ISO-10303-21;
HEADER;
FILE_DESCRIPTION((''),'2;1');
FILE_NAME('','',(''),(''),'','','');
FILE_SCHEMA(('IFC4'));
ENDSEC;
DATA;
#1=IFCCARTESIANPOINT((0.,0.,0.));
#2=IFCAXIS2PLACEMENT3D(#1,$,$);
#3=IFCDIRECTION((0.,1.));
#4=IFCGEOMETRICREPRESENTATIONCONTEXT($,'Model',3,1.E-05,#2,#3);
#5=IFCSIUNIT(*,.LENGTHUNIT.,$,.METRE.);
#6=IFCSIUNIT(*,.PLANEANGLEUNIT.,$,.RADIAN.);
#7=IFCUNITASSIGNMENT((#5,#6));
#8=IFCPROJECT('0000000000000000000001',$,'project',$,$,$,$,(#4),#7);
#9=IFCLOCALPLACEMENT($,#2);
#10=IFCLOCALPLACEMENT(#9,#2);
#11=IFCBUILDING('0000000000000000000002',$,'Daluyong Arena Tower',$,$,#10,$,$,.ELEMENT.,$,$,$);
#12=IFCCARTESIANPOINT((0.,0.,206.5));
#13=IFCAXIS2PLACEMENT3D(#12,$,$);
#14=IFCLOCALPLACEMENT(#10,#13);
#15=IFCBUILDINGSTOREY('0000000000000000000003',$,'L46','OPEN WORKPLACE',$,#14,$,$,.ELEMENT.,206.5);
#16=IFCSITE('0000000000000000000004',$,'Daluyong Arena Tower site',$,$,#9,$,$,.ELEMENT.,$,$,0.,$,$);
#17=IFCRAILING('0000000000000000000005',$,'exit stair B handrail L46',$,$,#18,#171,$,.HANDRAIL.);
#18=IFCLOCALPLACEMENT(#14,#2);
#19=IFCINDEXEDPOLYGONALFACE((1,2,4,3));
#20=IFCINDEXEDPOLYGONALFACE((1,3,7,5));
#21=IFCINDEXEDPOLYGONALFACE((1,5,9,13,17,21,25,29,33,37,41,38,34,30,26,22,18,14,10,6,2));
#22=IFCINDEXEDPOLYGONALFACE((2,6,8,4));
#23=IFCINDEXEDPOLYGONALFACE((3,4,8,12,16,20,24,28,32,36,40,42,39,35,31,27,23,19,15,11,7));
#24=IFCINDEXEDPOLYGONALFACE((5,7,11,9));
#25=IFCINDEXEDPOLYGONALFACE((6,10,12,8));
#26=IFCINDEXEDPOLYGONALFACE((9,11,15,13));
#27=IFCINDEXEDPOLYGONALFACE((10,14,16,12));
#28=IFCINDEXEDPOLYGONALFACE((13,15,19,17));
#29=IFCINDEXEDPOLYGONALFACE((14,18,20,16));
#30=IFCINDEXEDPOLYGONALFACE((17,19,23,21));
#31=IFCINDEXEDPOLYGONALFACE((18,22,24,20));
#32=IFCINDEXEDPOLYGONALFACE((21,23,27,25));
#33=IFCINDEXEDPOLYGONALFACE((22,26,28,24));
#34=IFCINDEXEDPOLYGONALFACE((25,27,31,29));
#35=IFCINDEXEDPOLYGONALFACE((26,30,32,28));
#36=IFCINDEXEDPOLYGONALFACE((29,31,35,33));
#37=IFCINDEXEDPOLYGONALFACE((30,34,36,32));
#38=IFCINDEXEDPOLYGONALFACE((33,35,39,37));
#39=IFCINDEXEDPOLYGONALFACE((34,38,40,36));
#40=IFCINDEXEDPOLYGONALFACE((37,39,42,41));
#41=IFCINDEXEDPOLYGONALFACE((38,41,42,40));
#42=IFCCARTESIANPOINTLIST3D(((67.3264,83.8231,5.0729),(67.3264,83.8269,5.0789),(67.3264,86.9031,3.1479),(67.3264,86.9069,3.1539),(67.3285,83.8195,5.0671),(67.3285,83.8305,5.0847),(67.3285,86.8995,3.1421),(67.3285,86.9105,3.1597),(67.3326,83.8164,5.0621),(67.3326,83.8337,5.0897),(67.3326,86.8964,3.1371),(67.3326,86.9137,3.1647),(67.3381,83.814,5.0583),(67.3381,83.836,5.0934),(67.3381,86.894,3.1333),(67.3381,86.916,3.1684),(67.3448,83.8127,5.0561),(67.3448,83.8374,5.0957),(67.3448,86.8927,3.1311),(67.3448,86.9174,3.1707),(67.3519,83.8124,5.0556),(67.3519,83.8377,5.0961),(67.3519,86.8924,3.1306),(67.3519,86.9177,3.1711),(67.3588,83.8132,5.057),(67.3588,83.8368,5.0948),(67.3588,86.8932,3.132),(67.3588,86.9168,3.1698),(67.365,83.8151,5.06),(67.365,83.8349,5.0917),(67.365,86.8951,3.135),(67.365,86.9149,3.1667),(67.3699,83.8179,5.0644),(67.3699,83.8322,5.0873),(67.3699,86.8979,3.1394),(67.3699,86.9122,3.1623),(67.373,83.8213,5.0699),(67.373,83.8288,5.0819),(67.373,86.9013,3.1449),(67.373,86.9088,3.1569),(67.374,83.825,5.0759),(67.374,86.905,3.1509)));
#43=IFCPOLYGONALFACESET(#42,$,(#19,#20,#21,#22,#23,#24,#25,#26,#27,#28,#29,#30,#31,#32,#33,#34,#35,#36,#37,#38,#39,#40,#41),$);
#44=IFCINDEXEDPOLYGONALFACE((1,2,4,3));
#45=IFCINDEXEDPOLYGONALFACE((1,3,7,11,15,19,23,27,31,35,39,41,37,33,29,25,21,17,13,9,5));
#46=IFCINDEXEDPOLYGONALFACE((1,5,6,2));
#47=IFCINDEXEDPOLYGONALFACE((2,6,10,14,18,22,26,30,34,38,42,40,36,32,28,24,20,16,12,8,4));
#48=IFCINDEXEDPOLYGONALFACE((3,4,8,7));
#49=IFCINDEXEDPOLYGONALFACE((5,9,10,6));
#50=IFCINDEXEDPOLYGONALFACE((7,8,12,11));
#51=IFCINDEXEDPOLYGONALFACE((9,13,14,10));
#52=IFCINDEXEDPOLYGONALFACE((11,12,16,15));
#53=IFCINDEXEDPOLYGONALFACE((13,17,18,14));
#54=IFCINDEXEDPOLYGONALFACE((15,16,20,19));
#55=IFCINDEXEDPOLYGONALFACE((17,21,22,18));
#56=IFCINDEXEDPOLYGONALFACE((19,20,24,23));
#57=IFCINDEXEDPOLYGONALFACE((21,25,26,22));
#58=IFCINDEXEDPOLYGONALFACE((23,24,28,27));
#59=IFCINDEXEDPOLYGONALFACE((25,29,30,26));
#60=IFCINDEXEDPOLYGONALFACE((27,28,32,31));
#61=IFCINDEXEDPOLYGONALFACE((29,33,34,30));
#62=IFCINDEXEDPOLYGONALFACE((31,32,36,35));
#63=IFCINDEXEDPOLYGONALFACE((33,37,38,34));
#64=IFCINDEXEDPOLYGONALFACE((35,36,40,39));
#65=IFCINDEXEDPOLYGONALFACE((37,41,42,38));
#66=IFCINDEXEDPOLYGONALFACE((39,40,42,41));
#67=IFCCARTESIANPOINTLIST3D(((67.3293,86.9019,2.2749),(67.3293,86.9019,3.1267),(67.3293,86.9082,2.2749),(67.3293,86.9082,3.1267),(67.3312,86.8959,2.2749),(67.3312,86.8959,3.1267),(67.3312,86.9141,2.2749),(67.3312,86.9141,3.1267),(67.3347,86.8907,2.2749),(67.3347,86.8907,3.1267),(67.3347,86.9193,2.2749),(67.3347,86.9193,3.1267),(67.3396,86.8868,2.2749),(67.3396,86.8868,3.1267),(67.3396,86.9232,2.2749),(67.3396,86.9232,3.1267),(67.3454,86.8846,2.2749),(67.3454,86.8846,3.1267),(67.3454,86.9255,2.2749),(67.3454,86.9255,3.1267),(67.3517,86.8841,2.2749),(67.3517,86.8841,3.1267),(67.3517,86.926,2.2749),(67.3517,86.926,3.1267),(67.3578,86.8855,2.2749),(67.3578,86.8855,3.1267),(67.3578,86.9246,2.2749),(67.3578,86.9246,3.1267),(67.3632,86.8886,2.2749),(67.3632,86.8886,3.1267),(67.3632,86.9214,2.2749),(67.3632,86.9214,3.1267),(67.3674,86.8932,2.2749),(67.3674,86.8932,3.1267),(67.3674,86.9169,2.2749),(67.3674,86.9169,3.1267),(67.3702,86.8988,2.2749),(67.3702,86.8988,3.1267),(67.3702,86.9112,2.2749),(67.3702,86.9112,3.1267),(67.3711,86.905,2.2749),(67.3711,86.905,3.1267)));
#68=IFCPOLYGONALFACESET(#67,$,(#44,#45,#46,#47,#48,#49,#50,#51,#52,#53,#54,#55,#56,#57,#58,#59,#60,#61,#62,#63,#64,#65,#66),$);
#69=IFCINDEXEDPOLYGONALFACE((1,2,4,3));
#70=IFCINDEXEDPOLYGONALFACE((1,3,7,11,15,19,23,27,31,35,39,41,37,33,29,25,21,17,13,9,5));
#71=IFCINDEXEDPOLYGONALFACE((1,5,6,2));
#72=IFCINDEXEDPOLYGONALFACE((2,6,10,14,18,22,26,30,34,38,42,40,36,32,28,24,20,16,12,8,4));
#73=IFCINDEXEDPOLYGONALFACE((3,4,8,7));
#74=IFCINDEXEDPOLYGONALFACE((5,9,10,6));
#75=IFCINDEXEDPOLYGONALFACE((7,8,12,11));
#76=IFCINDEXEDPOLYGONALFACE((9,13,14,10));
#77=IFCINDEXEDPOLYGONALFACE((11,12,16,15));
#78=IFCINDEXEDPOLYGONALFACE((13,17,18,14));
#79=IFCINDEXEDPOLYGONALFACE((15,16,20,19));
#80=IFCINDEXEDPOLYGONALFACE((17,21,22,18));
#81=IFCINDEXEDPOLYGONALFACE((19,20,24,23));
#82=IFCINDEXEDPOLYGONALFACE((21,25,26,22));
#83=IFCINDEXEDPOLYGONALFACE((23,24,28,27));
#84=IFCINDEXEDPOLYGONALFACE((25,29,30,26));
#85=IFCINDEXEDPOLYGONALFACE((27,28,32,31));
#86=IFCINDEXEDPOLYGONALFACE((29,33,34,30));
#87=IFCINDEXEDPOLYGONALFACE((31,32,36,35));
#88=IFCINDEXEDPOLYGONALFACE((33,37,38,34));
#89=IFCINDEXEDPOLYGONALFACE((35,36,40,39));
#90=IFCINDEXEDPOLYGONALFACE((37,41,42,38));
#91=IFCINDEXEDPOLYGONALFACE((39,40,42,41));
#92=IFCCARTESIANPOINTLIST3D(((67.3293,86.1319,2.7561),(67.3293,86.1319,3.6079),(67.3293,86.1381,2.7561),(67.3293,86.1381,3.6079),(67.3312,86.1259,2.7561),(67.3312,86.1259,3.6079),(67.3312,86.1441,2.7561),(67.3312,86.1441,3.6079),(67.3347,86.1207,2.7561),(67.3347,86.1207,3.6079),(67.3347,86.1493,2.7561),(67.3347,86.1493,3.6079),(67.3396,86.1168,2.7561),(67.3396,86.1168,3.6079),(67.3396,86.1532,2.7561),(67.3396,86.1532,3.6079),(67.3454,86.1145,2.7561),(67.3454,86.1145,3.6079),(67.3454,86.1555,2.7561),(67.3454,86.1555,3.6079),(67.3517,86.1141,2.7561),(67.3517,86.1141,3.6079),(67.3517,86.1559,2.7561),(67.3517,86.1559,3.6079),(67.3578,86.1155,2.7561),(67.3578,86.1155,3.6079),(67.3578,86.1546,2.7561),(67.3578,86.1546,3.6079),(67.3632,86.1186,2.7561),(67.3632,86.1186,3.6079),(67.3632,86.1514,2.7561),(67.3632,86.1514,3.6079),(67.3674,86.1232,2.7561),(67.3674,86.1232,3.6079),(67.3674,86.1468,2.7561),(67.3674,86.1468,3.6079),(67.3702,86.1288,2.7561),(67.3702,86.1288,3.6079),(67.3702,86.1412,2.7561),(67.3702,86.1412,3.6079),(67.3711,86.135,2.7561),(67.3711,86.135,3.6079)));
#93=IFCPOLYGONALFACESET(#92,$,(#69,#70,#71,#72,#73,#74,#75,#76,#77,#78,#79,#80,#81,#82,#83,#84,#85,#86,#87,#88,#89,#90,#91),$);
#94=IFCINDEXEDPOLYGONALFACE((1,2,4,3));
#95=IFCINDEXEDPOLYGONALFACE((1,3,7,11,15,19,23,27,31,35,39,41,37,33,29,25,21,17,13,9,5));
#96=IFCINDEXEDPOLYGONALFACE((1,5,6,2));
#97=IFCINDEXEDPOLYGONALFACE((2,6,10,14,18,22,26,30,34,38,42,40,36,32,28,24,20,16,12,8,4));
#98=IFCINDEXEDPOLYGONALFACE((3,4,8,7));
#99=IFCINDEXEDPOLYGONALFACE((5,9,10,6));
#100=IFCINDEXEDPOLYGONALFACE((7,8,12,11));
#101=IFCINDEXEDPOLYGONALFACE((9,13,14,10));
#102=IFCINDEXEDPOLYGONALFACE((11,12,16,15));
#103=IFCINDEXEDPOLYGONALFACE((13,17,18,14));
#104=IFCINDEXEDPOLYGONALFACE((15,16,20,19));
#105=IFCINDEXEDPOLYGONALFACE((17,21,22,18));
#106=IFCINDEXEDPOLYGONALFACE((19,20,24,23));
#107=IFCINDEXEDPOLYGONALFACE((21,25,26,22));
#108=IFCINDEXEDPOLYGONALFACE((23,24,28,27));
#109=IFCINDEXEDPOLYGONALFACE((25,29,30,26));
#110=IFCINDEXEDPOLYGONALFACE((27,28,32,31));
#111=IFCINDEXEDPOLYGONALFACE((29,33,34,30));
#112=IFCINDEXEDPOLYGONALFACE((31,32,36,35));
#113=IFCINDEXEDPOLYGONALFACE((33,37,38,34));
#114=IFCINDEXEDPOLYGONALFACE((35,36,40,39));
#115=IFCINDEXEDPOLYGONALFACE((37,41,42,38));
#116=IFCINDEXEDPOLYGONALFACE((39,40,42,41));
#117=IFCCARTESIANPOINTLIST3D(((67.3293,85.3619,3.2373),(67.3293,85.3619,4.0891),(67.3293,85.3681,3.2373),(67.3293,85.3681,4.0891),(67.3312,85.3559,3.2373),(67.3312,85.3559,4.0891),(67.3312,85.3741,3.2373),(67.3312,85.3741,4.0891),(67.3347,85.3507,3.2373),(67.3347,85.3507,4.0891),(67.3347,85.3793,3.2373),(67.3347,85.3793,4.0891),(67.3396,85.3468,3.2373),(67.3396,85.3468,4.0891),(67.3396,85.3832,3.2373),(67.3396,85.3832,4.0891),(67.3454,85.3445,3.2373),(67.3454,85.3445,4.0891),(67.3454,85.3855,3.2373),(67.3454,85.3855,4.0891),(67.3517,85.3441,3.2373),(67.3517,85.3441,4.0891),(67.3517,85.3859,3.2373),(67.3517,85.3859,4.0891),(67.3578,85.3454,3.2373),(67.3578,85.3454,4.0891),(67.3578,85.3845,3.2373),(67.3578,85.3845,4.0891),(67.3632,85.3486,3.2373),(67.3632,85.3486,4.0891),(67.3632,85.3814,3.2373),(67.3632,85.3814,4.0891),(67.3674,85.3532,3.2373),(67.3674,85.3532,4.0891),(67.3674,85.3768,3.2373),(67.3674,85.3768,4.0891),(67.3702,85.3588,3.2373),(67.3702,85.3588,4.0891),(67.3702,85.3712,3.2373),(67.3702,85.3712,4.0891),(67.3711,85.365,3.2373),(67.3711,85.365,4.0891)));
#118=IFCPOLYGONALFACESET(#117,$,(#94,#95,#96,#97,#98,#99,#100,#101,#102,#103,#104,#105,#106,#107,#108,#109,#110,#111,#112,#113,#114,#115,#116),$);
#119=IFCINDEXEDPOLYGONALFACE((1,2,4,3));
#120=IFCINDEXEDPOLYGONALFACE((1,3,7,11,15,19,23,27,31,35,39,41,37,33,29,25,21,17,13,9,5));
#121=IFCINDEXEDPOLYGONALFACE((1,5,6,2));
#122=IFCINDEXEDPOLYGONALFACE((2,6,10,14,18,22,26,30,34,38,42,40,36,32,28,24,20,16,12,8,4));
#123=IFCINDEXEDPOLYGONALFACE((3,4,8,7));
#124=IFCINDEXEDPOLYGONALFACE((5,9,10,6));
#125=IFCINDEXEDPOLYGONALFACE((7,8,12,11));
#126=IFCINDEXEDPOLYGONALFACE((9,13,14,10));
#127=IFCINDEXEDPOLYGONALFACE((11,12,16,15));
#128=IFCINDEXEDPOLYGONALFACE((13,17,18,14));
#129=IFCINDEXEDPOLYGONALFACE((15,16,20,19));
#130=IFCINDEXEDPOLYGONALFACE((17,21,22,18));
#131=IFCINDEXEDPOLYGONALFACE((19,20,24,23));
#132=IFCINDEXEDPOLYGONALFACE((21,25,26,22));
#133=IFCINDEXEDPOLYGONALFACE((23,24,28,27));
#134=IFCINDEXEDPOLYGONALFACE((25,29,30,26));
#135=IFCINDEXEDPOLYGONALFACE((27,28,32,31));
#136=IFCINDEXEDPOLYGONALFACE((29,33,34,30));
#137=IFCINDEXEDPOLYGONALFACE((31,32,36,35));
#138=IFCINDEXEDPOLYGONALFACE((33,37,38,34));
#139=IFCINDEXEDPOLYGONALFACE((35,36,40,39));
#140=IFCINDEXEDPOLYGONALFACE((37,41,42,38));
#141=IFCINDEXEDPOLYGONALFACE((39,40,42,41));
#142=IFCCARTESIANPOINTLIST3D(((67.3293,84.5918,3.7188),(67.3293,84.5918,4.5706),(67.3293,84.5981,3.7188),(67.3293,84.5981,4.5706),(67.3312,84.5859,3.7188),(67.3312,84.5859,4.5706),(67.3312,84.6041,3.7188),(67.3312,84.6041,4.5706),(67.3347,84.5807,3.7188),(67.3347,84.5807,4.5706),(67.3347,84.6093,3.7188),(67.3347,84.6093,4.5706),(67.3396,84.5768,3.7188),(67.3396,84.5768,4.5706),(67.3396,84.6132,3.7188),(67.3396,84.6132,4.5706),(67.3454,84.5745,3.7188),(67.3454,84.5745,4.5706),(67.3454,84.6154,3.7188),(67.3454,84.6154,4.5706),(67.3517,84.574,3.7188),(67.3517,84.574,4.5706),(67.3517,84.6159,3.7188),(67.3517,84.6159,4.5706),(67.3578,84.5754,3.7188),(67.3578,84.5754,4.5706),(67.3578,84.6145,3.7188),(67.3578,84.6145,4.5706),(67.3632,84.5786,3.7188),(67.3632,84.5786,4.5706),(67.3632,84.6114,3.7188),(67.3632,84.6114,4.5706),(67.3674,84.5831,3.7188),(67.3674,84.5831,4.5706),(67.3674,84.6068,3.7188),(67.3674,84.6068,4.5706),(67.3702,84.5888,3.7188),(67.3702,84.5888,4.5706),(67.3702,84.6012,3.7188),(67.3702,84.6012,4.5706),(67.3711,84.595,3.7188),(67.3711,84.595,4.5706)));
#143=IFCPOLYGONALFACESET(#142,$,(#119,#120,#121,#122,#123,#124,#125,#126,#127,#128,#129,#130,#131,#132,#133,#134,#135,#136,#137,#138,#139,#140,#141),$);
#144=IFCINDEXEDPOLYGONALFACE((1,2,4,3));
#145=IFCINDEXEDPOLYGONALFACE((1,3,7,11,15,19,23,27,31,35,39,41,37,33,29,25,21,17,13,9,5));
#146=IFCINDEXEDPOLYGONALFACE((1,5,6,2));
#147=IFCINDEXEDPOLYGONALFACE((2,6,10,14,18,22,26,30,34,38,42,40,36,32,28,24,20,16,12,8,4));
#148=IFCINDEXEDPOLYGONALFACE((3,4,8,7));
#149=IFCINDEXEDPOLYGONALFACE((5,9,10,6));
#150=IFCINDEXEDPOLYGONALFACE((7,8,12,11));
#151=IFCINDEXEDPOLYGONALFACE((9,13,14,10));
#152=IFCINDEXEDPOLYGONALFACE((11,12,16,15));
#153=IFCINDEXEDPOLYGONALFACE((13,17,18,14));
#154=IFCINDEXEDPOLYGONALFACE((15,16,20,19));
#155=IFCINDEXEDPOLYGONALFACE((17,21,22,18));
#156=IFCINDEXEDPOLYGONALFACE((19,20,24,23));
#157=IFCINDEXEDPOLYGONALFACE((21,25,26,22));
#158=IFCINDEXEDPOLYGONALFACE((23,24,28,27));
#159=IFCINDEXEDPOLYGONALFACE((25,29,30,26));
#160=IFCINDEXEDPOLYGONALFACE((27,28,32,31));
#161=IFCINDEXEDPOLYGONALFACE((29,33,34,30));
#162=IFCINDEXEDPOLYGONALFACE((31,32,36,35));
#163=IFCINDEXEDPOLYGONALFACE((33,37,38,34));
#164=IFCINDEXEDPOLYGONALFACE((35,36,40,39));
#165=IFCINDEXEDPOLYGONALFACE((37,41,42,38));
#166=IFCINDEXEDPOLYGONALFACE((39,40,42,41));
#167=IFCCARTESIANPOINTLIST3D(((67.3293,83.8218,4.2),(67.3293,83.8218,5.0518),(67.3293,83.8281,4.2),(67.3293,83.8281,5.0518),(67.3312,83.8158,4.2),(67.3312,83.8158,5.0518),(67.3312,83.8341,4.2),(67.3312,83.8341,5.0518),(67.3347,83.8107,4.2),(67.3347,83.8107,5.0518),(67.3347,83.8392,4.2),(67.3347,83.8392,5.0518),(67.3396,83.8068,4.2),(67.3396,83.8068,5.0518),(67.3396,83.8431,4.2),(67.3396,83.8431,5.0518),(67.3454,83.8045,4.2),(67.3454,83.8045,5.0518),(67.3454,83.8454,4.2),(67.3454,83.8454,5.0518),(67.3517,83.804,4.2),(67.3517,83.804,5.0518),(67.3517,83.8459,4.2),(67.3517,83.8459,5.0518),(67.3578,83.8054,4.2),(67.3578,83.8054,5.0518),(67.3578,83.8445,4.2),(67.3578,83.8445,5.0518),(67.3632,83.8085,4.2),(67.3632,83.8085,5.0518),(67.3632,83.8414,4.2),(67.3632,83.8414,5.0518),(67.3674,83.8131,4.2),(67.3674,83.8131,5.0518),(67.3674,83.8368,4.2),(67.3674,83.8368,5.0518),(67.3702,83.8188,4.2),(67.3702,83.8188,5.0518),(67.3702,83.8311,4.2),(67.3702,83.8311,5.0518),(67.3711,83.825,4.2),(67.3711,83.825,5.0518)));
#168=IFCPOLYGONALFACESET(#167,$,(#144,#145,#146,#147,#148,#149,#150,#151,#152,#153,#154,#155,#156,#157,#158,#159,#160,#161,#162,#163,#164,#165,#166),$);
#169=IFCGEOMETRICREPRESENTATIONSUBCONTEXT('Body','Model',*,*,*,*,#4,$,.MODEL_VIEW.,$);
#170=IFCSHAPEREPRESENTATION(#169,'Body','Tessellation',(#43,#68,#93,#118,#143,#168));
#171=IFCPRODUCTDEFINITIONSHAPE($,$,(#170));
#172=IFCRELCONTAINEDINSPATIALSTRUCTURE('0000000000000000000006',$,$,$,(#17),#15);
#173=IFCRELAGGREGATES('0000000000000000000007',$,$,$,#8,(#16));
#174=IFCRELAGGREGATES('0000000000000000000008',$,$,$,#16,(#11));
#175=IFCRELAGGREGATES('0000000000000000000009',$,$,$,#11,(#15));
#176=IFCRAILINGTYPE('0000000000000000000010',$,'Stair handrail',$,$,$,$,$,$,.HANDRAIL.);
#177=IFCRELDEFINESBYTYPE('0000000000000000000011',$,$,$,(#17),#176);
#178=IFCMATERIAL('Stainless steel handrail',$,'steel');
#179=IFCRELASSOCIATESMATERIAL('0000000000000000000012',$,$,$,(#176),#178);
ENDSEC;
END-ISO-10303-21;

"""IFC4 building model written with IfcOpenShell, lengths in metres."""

from ifc_helpers import new_model, si_unit, direction, frame, origin, origin_2d, place, context, subcontext, project, spatial, circle, extrude, material, type_object, element, save


model = new_model("IFC4")

# Units and contexts
model_context = context("Model", 3, precision=1e-05, world=origin(), true_north=direction((0.0, 1.0)))
body_context = subcontext(model_context, "Body", "Model", "MODEL_VIEW")
ifc_project = project(units=[si_unit("LENGTHUNIT", "METRE"), si_unit("PLANEANGLEUNIT", "RADIAN")], contexts=[model_context])

# Site, building, storey
site_placement = place(None, origin())
site = spatial("IfcSite", under=ifc_project, at=site_placement, Name="Daluyong Arena Tower site", CompositionType="ELEMENT", RefElevation=0.0)
building_placement = place(site_placement, origin())
building = spatial("IfcBuilding", under=site, at=building_placement, Name="Daluyong Arena Tower", CompositionType="ELEMENT")
storey_placement = place(building_placement, frame((0.0, 0.0, 206.5)))
storey = spatial("IfcBuildingStorey", under=building, at=storey_placement, Name="L46", Description="OPEN WORKPLACE", CompositionType="ELEMENT", Elevation=206.5)

# Railing
ifc_material_1 = material(Name="Stainless steel handrail", Category="steel")
railing_type = type_object("IfcRailingType", Name="Stair handrail", PredefinedType="HANDRAIL", material=ifc_material_1)
railing_placement = place(storey_placement, frame((67.3501, 86.905, 2.2749)))
element("IfcRailing", 1, at=railing_placement, inside=storey, type_object=railing_type, Name="exit stair B handrail L46", PredefinedType="HANDRAIL", context=body_context, shape_type="SweptSolid", body=[
    extrude(circle(Radius=0.0239, at=origin_2d()), frame((0.0, 0.0, 0.876), z_axis=(0.0, -0.847998, 0.529999), x_axis=(1.0, 0.0, 0.0)), (0.0, 0.0, 1.0), 3.6321),
    extrude(circle(Radius=0.021, at=origin_2d()), origin(), (0.0, 0.0, 1.0), 0.8518),
    extrude(circle(Radius=0.021, at=origin_2d()), frame((0.0, -0.77, 0.4812)), (0.0, 0.0, 1.0), 0.8518),
    extrude(circle(Radius=0.021, at=origin_2d()), frame((0.0, -1.54, 0.9624)), (0.0, 0.0, 1.0), 0.8518),
    extrude(circle(Radius=0.021, at=origin_2d()), frame((0.0, -2.3101, 1.4438)), (0.0, 0.0, 1.0), 0.8518),
    extrude(circle(Radius=0.021, at=origin_2d()), frame((0.0, -3.0801, 1.925)), (0.0, 0.0, 1.0), 0.8518),
])

save(model, "model.ifc")
